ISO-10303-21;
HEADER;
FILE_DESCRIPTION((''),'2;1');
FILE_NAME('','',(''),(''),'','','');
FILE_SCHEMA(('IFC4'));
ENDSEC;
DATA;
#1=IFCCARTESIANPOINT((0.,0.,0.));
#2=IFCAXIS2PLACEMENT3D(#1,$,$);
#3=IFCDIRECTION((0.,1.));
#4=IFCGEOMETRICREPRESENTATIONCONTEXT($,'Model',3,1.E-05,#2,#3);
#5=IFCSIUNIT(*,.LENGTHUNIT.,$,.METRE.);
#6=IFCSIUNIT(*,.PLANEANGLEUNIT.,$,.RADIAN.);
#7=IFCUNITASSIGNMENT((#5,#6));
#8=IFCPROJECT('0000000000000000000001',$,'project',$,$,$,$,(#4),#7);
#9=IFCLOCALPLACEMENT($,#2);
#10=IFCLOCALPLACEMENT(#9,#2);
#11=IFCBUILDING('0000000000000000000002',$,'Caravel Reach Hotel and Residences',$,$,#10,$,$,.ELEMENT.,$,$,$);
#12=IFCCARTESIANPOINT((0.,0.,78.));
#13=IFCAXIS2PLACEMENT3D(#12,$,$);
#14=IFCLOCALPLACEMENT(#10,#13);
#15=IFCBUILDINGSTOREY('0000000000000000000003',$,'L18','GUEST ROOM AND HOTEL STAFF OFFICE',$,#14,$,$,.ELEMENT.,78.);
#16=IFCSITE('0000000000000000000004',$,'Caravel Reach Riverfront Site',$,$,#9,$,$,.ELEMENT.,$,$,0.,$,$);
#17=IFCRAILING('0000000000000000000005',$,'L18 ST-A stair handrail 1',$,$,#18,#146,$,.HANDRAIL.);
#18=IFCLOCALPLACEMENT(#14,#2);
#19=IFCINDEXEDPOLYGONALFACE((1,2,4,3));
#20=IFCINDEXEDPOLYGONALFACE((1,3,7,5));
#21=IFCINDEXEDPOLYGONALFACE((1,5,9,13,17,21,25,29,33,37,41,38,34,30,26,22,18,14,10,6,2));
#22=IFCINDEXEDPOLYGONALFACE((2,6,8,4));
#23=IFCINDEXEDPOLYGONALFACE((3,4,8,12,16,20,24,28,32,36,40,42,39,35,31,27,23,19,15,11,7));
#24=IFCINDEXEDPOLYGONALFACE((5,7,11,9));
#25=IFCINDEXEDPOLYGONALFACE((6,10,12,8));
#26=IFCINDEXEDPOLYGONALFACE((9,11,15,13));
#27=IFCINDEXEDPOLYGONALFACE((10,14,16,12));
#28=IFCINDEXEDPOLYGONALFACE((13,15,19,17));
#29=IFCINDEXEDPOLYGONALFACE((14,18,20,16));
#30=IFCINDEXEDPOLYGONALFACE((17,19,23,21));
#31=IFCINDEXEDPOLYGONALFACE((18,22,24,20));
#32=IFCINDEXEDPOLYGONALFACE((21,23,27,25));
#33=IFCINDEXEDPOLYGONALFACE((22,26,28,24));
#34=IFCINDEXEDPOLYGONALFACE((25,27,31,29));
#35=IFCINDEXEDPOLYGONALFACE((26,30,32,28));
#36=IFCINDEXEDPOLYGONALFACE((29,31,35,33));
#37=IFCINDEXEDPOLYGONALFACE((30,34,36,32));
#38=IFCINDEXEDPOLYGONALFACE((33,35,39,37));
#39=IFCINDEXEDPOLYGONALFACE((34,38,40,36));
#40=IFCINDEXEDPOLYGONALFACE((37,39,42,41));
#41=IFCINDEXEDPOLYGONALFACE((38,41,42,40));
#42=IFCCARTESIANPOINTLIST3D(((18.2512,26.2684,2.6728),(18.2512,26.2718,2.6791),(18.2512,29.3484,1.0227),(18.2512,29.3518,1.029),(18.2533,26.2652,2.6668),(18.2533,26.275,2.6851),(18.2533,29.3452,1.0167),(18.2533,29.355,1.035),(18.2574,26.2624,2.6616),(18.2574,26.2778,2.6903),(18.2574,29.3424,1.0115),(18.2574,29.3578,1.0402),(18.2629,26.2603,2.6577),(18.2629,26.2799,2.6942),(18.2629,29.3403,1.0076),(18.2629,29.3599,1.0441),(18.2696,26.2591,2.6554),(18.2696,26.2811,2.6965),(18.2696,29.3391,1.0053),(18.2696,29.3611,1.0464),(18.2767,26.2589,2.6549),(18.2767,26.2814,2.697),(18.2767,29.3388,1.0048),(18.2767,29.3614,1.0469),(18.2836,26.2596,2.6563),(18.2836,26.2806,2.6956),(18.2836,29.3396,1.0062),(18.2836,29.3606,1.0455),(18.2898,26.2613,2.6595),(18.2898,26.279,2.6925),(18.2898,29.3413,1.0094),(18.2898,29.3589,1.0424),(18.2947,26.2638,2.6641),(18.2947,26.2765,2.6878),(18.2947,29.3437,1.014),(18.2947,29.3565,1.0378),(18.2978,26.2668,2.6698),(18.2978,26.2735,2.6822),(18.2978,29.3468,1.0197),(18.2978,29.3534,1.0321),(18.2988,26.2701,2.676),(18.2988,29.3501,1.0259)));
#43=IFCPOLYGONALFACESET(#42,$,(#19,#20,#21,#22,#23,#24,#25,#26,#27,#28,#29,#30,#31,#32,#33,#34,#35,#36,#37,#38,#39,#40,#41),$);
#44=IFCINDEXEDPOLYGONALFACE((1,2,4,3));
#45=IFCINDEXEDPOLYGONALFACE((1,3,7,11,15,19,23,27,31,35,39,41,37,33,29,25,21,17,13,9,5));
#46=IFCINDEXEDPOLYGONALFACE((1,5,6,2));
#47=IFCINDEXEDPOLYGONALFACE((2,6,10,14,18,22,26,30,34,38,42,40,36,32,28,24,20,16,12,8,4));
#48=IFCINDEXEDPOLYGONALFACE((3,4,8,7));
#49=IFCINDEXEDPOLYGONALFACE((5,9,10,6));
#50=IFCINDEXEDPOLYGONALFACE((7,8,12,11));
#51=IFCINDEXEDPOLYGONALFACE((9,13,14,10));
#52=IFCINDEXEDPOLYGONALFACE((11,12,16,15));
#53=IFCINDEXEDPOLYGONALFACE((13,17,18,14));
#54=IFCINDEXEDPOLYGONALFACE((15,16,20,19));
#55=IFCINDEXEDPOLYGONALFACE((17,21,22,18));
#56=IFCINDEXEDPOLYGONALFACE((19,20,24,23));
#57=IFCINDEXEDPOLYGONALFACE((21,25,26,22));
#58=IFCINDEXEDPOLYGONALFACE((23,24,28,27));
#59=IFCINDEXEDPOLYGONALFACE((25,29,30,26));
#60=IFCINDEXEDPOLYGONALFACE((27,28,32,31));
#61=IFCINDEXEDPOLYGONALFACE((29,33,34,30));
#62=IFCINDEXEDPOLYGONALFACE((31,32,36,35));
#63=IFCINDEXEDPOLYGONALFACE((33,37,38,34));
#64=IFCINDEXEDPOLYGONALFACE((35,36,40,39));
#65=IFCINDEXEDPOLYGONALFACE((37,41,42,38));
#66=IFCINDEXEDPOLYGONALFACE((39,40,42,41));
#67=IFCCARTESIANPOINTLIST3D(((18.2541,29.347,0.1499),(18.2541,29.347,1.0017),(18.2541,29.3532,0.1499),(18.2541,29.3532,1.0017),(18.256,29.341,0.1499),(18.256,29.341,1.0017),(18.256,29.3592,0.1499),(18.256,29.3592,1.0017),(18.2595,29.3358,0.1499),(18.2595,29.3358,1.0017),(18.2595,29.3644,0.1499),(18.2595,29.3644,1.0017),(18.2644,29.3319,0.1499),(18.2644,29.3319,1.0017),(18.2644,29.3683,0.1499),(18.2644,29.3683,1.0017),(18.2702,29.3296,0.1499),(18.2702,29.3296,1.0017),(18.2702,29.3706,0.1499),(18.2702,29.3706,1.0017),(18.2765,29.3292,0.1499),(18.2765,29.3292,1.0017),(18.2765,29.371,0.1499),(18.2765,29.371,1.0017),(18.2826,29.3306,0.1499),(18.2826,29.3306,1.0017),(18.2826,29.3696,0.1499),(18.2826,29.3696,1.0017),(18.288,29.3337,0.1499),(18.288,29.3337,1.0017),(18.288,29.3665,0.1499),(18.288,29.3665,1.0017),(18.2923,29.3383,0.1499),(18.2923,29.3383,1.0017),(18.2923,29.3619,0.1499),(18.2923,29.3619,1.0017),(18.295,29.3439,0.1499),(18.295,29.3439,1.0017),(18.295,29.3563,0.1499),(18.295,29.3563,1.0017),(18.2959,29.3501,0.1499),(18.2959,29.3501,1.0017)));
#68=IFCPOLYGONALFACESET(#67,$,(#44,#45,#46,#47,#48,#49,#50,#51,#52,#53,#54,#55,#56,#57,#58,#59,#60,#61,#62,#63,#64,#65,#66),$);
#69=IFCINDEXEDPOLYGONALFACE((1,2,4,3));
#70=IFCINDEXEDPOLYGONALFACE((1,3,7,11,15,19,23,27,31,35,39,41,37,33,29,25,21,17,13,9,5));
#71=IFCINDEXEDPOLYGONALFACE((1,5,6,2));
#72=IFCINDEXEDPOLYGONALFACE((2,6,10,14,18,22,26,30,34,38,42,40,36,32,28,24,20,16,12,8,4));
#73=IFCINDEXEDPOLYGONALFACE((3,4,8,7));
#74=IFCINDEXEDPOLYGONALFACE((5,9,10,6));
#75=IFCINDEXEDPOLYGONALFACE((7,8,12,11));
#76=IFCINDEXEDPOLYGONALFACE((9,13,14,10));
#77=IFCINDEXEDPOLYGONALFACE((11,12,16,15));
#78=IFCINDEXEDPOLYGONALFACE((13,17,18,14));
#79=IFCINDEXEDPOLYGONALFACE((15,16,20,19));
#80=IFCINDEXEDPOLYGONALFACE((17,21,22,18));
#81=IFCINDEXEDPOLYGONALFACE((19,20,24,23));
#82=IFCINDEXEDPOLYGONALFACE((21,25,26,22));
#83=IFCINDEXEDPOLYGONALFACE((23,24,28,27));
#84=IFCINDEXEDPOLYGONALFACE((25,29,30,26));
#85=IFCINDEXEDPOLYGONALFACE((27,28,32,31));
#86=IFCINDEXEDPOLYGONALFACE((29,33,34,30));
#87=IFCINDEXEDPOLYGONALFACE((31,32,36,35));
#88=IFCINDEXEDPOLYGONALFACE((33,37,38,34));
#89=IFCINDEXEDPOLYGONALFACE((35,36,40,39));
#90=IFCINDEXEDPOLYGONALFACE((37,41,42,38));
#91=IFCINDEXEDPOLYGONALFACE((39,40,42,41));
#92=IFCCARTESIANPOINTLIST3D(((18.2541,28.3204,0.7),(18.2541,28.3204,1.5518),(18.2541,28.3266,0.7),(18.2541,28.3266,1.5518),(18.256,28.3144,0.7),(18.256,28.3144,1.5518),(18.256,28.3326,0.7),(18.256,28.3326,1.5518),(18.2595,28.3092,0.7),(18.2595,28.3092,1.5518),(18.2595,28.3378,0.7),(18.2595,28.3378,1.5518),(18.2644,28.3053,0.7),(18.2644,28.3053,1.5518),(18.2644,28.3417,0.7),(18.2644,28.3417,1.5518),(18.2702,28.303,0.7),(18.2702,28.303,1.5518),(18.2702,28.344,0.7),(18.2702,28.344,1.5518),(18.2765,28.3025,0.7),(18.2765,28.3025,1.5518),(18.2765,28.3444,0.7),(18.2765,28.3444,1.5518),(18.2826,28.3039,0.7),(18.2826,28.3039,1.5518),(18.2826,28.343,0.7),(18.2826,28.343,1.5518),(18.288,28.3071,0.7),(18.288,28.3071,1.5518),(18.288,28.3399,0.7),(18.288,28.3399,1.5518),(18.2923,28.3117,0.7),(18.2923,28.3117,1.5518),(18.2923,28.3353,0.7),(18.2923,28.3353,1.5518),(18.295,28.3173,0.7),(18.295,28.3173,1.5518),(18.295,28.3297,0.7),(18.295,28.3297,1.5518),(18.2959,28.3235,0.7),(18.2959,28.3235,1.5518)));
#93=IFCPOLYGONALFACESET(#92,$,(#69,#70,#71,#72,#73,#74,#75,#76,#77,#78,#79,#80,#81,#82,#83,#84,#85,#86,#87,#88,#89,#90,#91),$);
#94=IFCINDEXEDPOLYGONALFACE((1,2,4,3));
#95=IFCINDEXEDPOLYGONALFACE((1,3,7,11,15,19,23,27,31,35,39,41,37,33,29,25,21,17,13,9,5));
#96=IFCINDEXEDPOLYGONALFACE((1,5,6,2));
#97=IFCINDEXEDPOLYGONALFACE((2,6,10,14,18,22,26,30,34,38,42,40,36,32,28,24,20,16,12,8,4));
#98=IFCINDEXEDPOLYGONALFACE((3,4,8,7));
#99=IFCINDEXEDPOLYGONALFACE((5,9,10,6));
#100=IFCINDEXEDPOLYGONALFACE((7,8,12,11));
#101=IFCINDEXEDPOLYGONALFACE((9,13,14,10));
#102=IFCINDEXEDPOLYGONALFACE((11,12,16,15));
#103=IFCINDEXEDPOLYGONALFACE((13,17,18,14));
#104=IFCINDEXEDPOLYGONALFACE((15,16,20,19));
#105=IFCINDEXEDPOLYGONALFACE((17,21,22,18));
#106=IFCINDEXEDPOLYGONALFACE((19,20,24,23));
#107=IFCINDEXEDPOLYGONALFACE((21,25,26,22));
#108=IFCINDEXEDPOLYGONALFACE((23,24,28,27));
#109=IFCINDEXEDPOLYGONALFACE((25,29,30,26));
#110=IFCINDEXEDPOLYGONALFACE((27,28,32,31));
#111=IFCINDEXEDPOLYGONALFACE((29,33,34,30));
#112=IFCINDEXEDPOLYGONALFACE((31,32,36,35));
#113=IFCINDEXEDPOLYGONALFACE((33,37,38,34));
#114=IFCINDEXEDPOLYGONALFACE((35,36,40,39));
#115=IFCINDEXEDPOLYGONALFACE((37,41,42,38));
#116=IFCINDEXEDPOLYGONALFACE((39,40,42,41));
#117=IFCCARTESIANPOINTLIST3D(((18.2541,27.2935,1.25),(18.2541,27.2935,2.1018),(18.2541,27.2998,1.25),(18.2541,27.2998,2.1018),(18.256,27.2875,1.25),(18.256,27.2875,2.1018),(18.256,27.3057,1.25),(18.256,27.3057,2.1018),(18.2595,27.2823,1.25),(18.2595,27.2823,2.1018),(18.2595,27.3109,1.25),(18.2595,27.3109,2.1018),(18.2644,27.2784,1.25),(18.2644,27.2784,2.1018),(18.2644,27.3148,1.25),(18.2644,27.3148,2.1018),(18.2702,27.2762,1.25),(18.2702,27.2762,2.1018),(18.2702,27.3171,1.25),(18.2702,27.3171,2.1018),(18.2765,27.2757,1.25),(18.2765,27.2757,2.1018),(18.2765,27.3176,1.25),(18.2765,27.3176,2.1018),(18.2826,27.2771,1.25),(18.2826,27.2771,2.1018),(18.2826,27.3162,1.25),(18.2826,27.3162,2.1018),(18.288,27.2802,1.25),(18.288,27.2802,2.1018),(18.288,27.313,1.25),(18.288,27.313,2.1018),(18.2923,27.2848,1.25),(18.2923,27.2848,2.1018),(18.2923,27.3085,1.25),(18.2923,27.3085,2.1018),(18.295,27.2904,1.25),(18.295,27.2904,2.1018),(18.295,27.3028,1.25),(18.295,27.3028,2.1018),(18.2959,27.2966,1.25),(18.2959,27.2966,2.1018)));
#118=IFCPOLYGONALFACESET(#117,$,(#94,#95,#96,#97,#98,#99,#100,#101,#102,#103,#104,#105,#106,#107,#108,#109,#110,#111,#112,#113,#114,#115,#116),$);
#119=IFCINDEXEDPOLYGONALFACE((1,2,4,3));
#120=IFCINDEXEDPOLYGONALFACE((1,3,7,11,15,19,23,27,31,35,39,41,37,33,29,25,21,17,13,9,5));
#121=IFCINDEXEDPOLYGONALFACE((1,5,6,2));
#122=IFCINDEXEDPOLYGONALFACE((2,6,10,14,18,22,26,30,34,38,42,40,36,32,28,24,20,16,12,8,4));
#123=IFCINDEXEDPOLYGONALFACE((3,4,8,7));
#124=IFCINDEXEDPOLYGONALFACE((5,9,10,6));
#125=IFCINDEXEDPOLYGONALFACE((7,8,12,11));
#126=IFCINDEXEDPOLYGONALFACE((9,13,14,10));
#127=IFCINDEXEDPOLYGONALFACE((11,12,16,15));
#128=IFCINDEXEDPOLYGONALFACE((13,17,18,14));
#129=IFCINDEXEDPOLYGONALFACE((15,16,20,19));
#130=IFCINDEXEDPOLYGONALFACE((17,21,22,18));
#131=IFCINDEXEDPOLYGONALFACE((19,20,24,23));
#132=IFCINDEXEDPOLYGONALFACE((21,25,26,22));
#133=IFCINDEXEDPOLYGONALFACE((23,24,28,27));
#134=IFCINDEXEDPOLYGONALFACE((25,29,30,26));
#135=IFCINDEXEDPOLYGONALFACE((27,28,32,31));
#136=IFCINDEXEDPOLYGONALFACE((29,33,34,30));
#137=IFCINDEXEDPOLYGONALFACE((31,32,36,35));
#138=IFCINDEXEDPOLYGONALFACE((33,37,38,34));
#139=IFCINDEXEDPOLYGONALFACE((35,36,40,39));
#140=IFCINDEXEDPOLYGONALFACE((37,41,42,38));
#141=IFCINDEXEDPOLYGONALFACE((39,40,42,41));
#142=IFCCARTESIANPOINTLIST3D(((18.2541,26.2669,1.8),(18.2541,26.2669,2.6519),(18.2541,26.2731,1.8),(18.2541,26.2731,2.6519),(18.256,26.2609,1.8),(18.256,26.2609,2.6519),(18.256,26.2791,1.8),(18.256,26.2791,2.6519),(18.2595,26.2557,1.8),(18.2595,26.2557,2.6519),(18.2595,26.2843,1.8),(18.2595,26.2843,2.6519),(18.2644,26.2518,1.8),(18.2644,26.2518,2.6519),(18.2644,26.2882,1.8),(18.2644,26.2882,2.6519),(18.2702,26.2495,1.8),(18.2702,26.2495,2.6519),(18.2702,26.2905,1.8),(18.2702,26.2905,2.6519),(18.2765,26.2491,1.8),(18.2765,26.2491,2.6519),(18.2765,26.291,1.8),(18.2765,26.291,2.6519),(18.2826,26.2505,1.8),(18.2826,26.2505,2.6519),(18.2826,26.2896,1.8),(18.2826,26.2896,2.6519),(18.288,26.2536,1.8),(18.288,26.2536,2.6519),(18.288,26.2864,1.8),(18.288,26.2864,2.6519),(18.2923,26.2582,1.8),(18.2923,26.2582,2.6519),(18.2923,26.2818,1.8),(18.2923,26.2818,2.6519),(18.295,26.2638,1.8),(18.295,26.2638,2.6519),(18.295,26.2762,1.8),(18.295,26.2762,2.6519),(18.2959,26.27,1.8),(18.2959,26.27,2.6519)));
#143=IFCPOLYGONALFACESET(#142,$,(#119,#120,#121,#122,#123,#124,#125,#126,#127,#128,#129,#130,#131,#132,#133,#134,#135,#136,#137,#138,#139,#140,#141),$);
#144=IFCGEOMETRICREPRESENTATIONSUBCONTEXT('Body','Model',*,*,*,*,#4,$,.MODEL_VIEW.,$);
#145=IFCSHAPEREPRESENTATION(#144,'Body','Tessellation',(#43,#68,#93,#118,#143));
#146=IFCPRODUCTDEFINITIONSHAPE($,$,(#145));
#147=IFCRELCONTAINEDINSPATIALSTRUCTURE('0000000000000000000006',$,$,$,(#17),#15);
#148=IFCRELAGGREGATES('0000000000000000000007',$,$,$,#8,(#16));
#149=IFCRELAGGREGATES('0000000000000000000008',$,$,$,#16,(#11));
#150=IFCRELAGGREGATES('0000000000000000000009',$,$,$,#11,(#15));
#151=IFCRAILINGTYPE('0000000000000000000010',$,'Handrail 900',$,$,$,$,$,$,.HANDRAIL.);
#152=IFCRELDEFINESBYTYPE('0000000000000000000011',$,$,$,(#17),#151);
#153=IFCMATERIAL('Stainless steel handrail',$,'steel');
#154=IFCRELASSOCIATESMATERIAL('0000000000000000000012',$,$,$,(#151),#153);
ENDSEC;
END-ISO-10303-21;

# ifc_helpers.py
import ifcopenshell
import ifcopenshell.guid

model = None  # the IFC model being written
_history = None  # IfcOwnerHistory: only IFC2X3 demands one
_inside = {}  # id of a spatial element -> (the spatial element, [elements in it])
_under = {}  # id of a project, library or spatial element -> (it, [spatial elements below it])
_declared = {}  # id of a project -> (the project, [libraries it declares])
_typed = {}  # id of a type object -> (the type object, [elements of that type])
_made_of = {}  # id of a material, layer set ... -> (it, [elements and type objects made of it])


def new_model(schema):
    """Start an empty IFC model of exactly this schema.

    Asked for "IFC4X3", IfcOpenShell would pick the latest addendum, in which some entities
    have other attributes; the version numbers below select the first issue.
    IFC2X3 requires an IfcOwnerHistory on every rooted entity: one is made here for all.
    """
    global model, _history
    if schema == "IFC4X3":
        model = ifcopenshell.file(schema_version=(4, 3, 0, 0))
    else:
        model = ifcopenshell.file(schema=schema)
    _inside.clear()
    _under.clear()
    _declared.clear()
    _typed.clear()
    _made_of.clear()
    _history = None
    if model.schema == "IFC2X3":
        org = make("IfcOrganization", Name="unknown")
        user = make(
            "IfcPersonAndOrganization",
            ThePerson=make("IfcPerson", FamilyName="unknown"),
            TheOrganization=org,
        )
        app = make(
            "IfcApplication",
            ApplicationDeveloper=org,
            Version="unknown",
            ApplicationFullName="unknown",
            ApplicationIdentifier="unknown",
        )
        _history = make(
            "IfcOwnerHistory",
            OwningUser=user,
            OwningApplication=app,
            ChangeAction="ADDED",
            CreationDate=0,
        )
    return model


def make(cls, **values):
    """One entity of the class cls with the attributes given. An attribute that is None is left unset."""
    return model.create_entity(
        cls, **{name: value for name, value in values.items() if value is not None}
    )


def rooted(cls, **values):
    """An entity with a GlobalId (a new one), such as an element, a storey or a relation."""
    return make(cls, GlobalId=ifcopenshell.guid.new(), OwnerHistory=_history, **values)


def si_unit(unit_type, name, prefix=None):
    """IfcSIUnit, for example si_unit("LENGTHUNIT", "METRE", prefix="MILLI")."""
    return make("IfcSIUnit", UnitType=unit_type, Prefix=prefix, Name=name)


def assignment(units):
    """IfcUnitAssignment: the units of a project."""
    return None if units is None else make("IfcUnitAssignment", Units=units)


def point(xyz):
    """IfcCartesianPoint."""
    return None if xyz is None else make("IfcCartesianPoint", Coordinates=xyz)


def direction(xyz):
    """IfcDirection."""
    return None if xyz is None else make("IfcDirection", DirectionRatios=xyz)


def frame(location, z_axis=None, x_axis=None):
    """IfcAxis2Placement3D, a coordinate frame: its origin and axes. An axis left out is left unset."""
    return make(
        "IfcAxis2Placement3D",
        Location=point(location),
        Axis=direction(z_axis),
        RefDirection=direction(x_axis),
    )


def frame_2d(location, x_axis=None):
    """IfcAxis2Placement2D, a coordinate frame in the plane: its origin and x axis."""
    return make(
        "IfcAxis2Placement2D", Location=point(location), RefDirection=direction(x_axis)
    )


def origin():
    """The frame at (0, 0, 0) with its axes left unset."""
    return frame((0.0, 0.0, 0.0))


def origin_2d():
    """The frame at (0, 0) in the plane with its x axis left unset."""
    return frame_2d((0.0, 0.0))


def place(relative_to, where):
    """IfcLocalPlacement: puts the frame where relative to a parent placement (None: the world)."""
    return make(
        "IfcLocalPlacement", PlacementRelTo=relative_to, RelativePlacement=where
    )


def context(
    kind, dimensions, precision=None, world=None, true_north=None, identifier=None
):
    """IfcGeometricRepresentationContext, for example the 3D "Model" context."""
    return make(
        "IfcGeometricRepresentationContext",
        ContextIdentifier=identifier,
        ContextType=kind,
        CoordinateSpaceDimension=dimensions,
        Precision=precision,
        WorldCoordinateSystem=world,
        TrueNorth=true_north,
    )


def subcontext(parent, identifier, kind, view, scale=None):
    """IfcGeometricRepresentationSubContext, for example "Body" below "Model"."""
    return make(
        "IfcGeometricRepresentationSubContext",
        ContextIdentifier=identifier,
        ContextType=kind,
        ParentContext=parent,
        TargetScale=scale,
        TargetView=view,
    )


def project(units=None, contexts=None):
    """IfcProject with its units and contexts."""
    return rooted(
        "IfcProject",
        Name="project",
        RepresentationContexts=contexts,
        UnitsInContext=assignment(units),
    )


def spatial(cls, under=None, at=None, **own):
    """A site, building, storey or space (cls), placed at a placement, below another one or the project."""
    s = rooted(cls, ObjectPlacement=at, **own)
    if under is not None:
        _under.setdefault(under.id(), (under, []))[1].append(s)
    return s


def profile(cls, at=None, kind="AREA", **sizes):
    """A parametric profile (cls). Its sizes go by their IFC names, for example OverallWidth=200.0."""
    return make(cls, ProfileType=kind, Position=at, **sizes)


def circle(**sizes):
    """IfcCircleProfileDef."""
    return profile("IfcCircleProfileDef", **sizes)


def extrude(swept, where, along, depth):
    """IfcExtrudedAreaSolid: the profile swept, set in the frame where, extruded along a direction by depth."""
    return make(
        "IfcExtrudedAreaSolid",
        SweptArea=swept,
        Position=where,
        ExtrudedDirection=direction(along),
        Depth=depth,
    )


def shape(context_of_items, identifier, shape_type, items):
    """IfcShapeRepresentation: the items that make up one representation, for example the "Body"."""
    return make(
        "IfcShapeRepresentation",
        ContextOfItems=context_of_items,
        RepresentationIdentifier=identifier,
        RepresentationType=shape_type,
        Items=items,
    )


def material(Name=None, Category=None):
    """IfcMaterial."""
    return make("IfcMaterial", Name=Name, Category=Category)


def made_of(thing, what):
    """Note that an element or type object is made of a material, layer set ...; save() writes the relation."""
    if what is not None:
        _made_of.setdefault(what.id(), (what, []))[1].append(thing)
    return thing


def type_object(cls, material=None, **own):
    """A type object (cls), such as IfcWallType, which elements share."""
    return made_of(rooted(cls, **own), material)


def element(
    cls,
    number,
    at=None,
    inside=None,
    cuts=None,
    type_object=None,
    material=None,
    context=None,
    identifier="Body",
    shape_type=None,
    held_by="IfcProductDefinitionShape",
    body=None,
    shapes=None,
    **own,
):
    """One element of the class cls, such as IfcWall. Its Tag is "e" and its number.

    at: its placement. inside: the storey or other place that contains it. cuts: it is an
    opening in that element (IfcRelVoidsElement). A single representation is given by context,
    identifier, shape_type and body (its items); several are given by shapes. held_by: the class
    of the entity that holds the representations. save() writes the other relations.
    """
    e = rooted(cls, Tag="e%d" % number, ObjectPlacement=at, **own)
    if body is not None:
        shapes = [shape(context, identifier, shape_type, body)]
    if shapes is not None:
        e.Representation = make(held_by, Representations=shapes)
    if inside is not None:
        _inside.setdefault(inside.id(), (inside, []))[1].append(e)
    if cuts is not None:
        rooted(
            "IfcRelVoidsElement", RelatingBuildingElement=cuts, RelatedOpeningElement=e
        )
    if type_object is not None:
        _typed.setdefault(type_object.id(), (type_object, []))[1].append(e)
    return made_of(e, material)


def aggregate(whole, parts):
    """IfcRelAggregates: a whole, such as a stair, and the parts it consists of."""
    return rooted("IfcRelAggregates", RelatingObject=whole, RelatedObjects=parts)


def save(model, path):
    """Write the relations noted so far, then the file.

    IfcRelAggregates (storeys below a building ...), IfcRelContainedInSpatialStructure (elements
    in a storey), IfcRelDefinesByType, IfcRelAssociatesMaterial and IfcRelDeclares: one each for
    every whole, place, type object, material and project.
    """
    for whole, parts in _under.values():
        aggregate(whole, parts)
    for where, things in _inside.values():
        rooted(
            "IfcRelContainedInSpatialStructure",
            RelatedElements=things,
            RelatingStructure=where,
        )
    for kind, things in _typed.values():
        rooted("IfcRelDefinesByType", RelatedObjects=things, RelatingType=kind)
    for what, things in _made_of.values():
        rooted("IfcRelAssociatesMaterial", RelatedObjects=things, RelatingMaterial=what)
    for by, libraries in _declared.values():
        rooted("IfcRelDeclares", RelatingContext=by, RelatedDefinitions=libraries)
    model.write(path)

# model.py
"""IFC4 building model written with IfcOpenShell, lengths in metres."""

from ifc_helpers import new_model, si_unit, direction, frame, origin, origin_2d, place, context, subcontext, project, spatial, circle, extrude, material, type_object, element, save


model = new_model("IFC4")

# Units and contexts
model_context = context("Model", 3, precision=1e-05, world=origin(), true_north=direction((0.0, 1.0)))
body_context = subcontext(model_context, "Body", "Model", "MODEL_VIEW")
ifc_project = project(units=[si_unit("LENGTHUNIT", "METRE"), si_unit("PLANEANGLEUNIT", "RADIAN")], contexts=[model_context])

# Site, building, storey
site_placement = place(None, origin())
site = spatial("IfcSite", under=ifc_project, at=site_placement, Name="Caravel Reach Riverfront Site", CompositionType="ELEMENT", RefElevation=0.0)
building_placement = place(site_placement, origin())
building = spatial("IfcBuilding", under=site, at=building_placement, Name="Caravel Reach Hotel and Residences", CompositionType="ELEMENT")
storey_placement = place(building_placement, frame((0.0, 0.0, 78.0)))
storey = spatial("IfcBuildingStorey", under=building, at=storey_placement, Name="L18", Description="GUEST ROOM AND HOTEL STAFF OFFICE", CompositionType="ELEMENT", Elevation=78.0)

# Railing
ifc_material_1 = material(Name="Stainless steel handrail", Category="steel")
railing_type_1 = type_object("IfcRailingType", Name="Handrail 900", PredefinedType="HANDRAIL", material=ifc_material_1)
railing_1_placement = place(storey_placement, frame((18.2749, 29.3501, 0.1499)))
element("IfcRailing", 1, at=railing_1_placement, inside=storey, type_object=railing_type_1, Name="L18 ST-A stair handrail 1", PredefinedType="HANDRAIL", context=body_context, shape_type="SweptSolid", body=[
    extrude(circle(Radius=0.0239, at=origin_2d()), frame((0.0, 0.0, 0.876), z_axis=(0.0, -0.881468, 0.472245), x_axis=(1.0, 0.0, 0.0)), (0.0, 0.0, 1.0), 3.4941),
    extrude(circle(Radius=0.021, at=origin_2d()), origin(), (0.0, 0.0, 1.0), 0.8518),
    extrude(circle(Radius=0.021, at=origin_2d()), frame((0.0, -1.0266, 0.55)), (0.0, 0.0, 1.0), 0.8518),
    extrude(circle(Radius=0.021, at=origin_2d()), frame((0.0, -2.0535, 1.1001)), (0.0, 0.0, 1.0), 0.8518),
    extrude(circle(Radius=0.021, at=origin_2d()), frame((0.0, -3.0801, 1.6501)), (0.0, 0.0, 1.0), 0.8518),
])

save(model, "model.ifc")
